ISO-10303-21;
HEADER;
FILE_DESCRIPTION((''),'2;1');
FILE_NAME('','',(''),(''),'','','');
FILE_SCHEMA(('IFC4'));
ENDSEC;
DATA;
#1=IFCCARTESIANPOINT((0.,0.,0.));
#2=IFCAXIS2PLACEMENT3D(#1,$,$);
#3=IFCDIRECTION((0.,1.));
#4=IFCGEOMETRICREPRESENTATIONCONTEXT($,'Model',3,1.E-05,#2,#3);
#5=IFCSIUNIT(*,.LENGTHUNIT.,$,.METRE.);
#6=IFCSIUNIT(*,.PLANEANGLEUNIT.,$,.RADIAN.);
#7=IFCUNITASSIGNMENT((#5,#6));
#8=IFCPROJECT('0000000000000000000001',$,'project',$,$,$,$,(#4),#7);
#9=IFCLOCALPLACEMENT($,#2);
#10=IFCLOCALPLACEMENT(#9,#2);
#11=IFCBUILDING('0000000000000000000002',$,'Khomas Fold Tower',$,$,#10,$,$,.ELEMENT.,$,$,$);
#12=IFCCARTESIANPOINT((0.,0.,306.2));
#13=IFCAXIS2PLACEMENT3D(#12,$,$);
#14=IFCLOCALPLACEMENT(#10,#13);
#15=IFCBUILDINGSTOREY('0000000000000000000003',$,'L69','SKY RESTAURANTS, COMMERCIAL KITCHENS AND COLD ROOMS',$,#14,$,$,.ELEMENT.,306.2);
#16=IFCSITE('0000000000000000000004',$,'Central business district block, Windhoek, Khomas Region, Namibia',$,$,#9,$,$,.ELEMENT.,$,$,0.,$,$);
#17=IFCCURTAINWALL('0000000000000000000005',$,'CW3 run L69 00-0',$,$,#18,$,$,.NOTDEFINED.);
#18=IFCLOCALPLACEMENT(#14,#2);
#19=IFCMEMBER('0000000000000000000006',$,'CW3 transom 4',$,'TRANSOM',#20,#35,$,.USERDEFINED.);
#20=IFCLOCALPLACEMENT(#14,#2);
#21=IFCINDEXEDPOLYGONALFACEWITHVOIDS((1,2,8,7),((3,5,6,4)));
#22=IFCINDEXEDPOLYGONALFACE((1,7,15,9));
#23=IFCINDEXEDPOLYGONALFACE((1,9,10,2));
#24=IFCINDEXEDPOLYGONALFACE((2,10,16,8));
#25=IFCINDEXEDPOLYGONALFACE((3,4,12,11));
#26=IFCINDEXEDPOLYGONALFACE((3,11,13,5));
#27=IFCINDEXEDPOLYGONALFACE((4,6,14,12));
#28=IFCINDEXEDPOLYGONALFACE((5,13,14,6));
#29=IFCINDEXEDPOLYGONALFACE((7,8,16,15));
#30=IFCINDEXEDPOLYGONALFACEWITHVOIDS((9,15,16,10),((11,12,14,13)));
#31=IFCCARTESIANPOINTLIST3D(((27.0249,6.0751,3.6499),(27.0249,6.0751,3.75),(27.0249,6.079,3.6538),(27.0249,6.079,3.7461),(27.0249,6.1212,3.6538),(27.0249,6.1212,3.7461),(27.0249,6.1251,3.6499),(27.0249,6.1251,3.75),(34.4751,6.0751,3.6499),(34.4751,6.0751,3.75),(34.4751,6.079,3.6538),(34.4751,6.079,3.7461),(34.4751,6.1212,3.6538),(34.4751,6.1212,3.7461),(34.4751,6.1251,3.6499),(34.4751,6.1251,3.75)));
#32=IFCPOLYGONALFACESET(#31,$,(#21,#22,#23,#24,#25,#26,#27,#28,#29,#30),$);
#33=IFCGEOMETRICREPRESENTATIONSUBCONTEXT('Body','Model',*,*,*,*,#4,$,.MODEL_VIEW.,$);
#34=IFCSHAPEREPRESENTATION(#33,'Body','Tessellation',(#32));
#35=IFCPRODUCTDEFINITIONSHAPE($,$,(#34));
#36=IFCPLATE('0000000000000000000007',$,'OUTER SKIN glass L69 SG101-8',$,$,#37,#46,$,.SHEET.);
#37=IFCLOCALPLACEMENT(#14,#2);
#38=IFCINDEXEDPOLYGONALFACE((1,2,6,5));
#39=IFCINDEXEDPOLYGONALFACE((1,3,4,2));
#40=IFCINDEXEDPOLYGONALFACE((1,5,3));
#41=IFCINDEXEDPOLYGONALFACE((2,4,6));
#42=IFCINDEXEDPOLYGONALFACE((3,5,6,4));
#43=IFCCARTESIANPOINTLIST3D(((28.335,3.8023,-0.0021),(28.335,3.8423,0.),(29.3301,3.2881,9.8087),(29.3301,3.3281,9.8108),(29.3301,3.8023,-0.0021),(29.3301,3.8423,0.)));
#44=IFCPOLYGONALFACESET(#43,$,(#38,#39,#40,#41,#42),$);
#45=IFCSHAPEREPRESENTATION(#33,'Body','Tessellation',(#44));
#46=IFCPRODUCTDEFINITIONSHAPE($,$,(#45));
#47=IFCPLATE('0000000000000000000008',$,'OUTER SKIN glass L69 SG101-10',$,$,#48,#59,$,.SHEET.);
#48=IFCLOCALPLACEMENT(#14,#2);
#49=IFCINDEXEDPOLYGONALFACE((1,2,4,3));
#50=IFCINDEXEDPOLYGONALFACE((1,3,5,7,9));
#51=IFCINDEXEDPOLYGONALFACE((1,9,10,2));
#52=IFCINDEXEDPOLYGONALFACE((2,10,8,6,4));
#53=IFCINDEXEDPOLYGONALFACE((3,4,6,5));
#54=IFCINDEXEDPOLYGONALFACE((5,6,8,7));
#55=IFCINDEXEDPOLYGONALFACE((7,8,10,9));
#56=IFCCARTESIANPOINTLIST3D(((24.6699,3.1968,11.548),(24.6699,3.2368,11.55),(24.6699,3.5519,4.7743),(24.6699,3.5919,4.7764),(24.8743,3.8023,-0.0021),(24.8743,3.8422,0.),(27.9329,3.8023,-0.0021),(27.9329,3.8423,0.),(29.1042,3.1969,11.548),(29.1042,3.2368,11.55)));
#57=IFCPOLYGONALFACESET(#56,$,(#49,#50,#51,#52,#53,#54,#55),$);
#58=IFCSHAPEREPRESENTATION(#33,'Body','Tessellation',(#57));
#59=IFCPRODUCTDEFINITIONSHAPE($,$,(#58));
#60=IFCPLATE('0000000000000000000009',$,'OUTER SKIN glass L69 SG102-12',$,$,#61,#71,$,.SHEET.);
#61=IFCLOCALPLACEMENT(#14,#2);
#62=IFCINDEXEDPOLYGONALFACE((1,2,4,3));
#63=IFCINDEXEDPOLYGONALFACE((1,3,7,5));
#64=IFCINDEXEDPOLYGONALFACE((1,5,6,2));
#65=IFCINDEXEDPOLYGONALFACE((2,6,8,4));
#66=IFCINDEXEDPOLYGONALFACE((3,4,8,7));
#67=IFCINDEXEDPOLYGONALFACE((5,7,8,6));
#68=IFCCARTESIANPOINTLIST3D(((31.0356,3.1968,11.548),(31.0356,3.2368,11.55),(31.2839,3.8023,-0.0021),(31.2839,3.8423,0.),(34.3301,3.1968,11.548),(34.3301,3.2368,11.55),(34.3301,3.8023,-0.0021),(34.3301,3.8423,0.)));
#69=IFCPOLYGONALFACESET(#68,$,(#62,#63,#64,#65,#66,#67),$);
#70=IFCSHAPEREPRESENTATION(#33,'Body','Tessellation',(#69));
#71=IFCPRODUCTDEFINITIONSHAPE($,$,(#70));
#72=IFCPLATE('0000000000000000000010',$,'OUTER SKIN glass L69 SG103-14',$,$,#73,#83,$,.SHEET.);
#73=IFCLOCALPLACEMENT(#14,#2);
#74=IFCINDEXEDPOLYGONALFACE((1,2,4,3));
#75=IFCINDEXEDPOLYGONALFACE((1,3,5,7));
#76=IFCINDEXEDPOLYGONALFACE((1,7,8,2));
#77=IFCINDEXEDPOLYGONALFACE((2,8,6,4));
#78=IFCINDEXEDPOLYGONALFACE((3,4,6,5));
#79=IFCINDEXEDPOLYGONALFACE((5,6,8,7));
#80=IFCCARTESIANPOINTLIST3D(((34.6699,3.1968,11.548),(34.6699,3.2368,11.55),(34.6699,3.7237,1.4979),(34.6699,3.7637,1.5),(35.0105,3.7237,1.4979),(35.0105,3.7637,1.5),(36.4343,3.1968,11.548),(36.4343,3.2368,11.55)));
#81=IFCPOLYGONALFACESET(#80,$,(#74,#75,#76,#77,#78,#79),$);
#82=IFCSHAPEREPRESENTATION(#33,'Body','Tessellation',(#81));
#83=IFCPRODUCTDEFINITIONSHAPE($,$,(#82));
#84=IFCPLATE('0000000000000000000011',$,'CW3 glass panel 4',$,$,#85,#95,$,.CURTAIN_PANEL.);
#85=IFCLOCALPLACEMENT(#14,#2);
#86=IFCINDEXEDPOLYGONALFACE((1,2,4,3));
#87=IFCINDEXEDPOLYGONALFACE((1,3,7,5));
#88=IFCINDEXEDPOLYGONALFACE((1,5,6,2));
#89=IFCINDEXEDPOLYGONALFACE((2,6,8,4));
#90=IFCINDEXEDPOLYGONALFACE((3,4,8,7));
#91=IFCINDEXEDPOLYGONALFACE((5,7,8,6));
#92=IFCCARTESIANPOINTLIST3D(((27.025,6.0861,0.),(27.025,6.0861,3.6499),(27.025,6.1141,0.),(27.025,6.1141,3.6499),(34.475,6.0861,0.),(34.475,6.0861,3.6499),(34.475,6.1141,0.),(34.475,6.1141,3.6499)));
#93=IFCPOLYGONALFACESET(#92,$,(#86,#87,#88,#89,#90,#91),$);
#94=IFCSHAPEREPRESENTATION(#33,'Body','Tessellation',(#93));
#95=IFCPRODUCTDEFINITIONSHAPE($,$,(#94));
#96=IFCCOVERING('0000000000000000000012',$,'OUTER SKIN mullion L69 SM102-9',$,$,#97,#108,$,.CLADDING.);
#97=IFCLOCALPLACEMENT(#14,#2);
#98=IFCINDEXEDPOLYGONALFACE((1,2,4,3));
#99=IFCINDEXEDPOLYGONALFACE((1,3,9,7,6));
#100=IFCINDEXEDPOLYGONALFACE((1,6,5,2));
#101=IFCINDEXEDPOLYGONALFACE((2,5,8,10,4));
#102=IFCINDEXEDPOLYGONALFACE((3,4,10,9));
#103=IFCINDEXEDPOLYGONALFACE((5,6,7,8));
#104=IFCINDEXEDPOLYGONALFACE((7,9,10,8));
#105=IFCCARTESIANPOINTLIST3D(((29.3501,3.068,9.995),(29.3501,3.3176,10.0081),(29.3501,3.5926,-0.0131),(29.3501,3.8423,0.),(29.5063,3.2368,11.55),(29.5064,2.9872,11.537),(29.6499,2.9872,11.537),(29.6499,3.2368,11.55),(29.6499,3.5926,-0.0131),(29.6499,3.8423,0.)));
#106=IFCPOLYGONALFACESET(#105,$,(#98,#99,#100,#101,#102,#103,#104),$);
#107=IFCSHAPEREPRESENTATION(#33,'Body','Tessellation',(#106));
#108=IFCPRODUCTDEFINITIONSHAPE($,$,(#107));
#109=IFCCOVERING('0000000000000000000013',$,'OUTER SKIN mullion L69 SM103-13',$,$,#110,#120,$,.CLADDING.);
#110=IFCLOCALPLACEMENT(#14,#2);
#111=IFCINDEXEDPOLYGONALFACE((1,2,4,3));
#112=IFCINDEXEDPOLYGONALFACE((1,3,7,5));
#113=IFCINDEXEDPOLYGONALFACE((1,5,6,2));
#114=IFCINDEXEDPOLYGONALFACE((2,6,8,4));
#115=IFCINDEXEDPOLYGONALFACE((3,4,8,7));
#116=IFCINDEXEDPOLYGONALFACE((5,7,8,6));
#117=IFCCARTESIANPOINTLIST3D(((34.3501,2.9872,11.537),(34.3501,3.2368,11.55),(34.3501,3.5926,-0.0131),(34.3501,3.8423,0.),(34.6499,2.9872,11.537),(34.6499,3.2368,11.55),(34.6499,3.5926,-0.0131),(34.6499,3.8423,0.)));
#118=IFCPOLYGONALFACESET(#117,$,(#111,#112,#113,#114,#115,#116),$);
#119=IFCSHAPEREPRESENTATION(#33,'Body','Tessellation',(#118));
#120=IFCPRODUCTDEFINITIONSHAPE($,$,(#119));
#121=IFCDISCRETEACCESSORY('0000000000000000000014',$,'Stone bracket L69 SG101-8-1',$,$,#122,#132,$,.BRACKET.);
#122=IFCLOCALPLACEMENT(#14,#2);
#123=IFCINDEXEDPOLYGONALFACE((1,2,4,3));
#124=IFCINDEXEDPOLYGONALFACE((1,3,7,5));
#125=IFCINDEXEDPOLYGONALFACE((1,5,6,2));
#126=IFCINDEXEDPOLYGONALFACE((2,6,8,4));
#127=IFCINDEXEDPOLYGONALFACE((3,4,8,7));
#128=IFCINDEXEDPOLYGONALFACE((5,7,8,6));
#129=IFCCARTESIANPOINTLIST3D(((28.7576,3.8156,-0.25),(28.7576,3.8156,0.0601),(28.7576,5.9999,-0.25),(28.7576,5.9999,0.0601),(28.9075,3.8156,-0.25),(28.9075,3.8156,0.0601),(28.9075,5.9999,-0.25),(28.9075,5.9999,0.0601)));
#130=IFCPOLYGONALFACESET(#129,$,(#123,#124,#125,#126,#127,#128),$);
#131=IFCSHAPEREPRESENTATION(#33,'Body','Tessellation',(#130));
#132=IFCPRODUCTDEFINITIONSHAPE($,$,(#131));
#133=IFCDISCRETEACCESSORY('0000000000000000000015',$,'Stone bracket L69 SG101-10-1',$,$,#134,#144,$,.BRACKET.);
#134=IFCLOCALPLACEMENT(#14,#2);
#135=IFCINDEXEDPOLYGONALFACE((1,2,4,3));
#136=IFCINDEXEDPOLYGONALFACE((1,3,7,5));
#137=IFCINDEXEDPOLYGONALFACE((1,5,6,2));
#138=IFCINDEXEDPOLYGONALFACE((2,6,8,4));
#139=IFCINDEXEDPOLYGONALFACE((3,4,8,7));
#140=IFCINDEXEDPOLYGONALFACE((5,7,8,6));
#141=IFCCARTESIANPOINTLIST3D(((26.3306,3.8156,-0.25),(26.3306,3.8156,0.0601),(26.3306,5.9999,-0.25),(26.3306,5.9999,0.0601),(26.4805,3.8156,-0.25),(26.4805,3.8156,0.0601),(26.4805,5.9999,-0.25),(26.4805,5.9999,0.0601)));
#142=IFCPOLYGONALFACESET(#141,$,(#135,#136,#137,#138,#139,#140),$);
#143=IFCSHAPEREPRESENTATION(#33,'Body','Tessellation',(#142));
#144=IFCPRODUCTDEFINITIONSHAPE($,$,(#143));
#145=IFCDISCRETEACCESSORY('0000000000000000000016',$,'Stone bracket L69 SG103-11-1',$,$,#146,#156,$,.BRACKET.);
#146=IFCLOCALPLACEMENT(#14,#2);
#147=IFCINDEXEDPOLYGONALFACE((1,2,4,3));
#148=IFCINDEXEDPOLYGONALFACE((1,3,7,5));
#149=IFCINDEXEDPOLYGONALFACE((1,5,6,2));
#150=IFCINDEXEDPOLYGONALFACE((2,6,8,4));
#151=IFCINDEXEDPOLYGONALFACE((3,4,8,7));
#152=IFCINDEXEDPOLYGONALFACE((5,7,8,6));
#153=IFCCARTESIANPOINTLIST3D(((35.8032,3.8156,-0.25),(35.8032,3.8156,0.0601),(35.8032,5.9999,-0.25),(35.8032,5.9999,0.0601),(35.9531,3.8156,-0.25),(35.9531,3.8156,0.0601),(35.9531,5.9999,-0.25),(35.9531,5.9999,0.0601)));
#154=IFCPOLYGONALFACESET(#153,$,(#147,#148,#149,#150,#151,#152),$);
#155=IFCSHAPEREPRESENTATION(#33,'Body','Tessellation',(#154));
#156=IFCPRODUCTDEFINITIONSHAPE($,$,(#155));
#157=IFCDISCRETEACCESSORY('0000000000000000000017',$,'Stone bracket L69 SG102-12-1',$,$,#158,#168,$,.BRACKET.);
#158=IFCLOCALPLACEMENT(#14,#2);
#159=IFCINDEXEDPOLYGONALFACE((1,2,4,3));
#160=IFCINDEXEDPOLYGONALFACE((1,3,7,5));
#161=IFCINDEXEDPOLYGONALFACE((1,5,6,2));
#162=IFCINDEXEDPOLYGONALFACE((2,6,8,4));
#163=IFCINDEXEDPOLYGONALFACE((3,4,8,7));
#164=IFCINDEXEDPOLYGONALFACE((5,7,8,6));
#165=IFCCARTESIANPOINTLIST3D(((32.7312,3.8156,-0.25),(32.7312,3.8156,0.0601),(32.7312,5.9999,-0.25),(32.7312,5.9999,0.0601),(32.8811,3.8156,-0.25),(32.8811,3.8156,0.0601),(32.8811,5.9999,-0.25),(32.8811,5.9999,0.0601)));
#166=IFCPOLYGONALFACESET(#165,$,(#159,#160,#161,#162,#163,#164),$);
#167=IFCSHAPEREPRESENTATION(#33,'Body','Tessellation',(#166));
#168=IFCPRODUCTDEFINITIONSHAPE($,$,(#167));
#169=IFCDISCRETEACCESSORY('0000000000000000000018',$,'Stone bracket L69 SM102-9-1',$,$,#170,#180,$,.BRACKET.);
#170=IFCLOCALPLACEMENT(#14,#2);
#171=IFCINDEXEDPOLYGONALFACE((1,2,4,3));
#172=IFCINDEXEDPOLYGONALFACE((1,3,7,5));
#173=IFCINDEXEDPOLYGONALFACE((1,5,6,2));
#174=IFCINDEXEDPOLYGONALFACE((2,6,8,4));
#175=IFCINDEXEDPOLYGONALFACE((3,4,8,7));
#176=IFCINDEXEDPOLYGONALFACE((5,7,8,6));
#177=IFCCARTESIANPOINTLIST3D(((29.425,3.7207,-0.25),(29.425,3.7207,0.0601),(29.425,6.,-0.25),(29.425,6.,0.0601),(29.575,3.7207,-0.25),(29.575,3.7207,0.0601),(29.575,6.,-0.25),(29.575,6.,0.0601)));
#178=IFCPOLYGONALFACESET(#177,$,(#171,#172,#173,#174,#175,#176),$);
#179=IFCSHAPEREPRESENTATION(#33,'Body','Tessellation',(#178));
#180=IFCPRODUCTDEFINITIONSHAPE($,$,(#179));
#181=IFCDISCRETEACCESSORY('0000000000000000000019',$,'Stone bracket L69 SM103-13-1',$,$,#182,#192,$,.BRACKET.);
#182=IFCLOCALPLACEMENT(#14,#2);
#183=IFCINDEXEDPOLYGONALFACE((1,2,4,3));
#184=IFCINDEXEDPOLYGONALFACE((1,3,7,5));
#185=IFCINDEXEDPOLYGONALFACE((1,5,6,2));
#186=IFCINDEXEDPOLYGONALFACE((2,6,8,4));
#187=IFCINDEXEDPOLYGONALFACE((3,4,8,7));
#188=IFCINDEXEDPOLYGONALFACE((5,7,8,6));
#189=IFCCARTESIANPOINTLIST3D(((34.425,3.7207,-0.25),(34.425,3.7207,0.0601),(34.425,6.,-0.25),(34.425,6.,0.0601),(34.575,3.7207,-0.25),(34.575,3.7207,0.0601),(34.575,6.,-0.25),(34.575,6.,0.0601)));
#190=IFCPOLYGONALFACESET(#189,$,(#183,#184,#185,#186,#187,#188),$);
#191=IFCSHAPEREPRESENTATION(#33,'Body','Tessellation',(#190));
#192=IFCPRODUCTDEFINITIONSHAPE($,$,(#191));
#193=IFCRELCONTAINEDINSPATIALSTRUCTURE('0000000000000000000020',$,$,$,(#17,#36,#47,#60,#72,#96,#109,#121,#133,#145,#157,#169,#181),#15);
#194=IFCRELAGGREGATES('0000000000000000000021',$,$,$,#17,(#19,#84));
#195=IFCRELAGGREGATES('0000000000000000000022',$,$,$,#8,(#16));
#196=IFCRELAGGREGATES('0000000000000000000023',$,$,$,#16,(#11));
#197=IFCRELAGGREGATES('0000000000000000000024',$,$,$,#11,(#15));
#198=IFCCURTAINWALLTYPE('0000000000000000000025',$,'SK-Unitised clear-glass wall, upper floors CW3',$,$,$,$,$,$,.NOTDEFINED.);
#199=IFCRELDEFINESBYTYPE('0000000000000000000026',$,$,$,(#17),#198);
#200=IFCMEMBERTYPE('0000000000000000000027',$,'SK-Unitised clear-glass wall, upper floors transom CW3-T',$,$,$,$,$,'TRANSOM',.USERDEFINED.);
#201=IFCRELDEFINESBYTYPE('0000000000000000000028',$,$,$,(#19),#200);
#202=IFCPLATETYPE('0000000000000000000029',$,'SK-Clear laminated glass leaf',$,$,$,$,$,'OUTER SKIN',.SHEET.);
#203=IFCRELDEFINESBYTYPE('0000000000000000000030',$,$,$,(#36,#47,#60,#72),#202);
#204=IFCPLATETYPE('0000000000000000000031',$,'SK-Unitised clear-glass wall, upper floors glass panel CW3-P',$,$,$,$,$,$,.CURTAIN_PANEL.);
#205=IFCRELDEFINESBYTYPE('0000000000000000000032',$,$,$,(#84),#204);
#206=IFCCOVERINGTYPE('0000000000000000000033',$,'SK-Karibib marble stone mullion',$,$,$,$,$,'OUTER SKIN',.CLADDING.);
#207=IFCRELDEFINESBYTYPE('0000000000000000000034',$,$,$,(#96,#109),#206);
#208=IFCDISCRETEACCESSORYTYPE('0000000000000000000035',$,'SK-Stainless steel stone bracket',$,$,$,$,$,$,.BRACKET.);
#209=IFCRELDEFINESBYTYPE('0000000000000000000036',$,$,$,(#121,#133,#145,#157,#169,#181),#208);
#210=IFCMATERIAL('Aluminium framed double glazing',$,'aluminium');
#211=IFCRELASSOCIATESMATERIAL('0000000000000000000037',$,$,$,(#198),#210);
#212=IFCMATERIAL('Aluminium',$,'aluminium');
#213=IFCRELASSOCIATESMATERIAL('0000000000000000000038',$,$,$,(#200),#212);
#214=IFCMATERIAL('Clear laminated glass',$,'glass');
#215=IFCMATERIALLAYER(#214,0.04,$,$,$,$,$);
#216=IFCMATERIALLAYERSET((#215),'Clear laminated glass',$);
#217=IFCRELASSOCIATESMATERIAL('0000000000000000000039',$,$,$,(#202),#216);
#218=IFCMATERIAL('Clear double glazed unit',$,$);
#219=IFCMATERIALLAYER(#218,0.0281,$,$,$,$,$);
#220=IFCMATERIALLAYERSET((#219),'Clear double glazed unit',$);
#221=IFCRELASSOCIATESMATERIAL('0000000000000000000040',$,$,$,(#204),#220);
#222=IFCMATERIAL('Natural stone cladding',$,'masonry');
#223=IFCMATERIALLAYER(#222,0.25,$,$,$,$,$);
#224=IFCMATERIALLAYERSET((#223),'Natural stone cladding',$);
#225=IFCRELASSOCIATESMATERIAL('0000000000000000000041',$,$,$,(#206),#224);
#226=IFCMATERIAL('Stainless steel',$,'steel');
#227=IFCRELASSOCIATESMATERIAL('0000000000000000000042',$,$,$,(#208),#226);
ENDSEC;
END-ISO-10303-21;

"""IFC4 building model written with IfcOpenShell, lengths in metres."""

from ifc_helpers import new_model, si_unit, direction, frame, origin, origin_2d, place, context, subcontext, project, spatial, polyline, rectangle, hollow_rectangle, outline, extrude, source, transform, mapped, material, layer, layer_set, material_profile, profile_set, type_object, element, aggregate, save


model = new_model("IFC4")

# Units and contexts
model_context = context("Model", 3, precision=1e-05, world=origin(), true_north=direction((0.0, 1.0)))
body_context = subcontext(model_context, "Body", "Model", "MODEL_VIEW")
ifc_project = project(units=[si_unit("LENGTHUNIT", "METRE"), si_unit("PLANEANGLEUNIT", "RADIAN")], contexts=[model_context])

# Site, building, storey
site_placement = place(None, origin())
site = spatial("IfcSite", under=ifc_project, at=site_placement, Name="Central business district block, Windhoek, Khomas Region, Namibia", CompositionType="ELEMENT", RefElevation=0.0)
building_placement = place(site_placement, origin())
building = spatial("IfcBuilding", under=site, at=building_placement, Name="Khomas Fold Tower", CompositionType="ELEMENT")
storey_placement = place(building_placement, frame((0.0, 0.0, 306.2)))
storey = spatial("IfcBuildingStorey", under=building, at=storey_placement, Name="L69", Description="SKY RESTAURANTS, COMMERCIAL KITCHENS AND COLD ROOMS", CompositionType="ELEMENT", Elevation=306.2)

# Curtain wall, member
ifc_material_1 = material(Name="Aluminium framed double glazing", Category="aluminium")
curtain_wall_type = type_object("IfcCurtainWallType", Name="SK-Unitised clear-glass wall, upper floors CW3", PredefinedType="NOTDEFINED", material=ifc_material_1)
curtain_wall_placement = place(storey_placement, origin())
curtain_wall = element("IfcCurtainWall", 1, at=curtain_wall_placement, inside=storey, type_object=curtain_wall_type, Name="CW3 run L69 00-0", PredefinedType="NOTDEFINED")
ifc_material_2 = material(Name="Aluminium", Category="aluminium")
ifc_material_profile_1 = material_profile(ifc_material_2, hollow_rectangle(XDim=0.05, YDim=0.1001, WallThickness=0.0039, at=origin_2d()), Name="SK-Unitised clear-glass wall, upper floors transom CW3-T")
ifc_profile_set_1 = profile_set([ifc_material_profile_1], Name="Aluminium")
member_type_1 = type_object("IfcMemberType", Name="SK-Unitised clear-glass wall, upper floors transom CW3-T", ElementType="TRANSOM", PredefinedType="USERDEFINED", material=ifc_profile_set_1)
shared_shape_1 = source(origin(), body_context, "Body", "SweptSolid", [
    extrude(hollow_rectangle(XDim=0.05, YDim=0.1001, WallThickness=0.0039, at=origin_2d()), origin(), (0.0, 0.0, 1.0), 7.4502),
])
member_1_placement = place(storey_placement, frame((27.0249, 6.1001, 3.7), z_axis=(1.0, 0.0, 0.0), x_axis=(0.0, 1.0, 0.0)))
member_1 = element("IfcMember", 2, at=member_1_placement, type_object=member_type_1, Name="CW3 transom 4", ObjectType="TRANSOM", PredefinedType="USERDEFINED", context=body_context, shape_type="MappedRepresentation", body=[
    mapped(shared_shape_1, transform((0.0, 0.0, 0.0))),
])

# Plates
ifc_material_3 = material(Name="Clear laminated glass", Category="glass")
ifc_layer_1 = layer(ifc_material_3, 0.04)
ifc_layer_set_1 = layer_set([ifc_layer_1], Name="Clear laminated glass")
plate_type_1 = type_object("IfcPlateType", Name="SK-Clear laminated glass leaf", ElementType="OUTER SKIN", PredefinedType="SHEET", material=ifc_layer_set_1)
plate_1_placement = place(storey_placement, frame((28.335, 3.8423, 0.0), z_axis=(0.0, 0.99863, 0.052336), x_axis=(0.100776, -0.052069, 0.993546)))
element("IfcPlate", 3, at=plate_1_placement, inside=storey, type_object=plate_type_1, Name="OUTER SKIN glass L69 SG101-8", PredefinedType="SHEET", context=body_context, shape_type="SweptSolid", body=[
    extrude(outline(polyline([(0.0, 0.0), (9.8745, 0.0), (0.1003, 0.9901), (0.0, 0.0)])), origin(), (0.0, 0.0, -1.0), 0.04),
])
plate_2_placement = place(storey_placement, frame((27.9329, 3.8423, 0.0), z_axis=(-0.000014, 0.998629, 0.052349), x_axis=(-1.0, -0.000014, -0.000001)))
element("IfcPlate", 4, at=plate_2_placement, inside=storey, type_object=plate_type_1, Name="OUTER SKIN glass L69 SG101-10", PredefinedType="SHEET", context=body_context, shape_type="SweptSolid", body=[
    extrude(outline(polyline([(0.0, 0.0), (3.0586, 0.0), (3.2629, 4.7829), (3.2629, 11.5659), (-1.1714, 11.5659), (0.0, 0.0)])), origin(), (0.0, 0.0, -1.0), 0.04),
])
plate_3_placement = place(storey_placement, frame((31.2839, 3.8423, 0.0), z_axis=(0.0, 0.998629, 0.052349), x_axis=(-0.021463, -0.052337, 0.998399)))
element("IfcPlate", 5, at=plate_3_placement, inside=storey, type_object=plate_type_1, Name="OUTER SKIN glass L69 SG102-12", PredefinedType="SHEET", context=body_context, shape_type="SweptSolid", body=[
    extrude(outline(polyline([(0.0, 0.0), (11.5686, 0.0), (11.4979, 3.2937), (-0.0654, 3.0454), (0.0, 0.0)])), origin(), (0.0, 0.0, -1.0), 0.04),
])
plate_4_placement = place(storey_placement, frame((34.6699, 3.2368, 11.55), z_axis=(0.0, 0.998629, 0.052351), x_axis=(1.0, 0.0, 0.0)))
element("IfcPlate", 6, at=plate_4_placement, inside=storey, type_object=plate_type_1, Name="OUTER SKIN glass L69 SG103-14", PredefinedType="SHEET", context=body_context, shape_type="SweptSolid", body=[
    extrude(outline(polyline([(0.0, 0.0), (1.7644, 0.0), (0.3406, 10.0638), (0.0, 10.0638), (0.0, 0.0)])), origin(), (0.0, 0.0, -1.0), 0.04),
])

# Plate
ifc_material_4 = material(Name="Clear double glazed unit")
ifc_layer_2 = layer(ifc_material_4, 0.0281)
ifc_layer_set_2 = layer_set([ifc_layer_2], Name="Clear double glazed unit")
plate_type_2 = type_object("IfcPlateType", Name="SK-Unitised clear-glass wall, upper floors glass panel CW3-P", PredefinedType="CURTAIN_PANEL", material=ifc_layer_set_2)
shared_shape_2 = source(origin(), body_context, "Body", "SweptSolid", [
    extrude(rectangle(XDim=7.45, YDim=0.0281, at=origin_2d()), origin(), (0.0, 0.0, 1.0), 3.6499),
])
plate_5_placement = place(storey_placement, frame((30.75, 6.1001, 0.0), z_axis=(0.0, 0.0, 1.0), x_axis=(1.0, 0.0, 0.0)))
plate_5 = element("IfcPlate", 7, at=plate_5_placement, type_object=plate_type_2, Name="CW3 glass panel 4", PredefinedType="CURTAIN_PANEL", context=body_context, shape_type="MappedRepresentation", body=[
    mapped(shared_shape_2, transform((0.0, 0.0, 0.0))),
])
aggregate(curtain_wall, [member_1, plate_5])

# Coverings
ifc_material_5 = material(Name="Natural stone cladding", Category="masonry")
ifc_layer_3 = layer(ifc_material_5, 0.25)
ifc_layer_set_3 = layer_set([ifc_layer_3], Name="Natural stone cladding")
covering_type = type_object("IfcCoveringType", Name="SK-Karibib marble stone mullion", ElementType="OUTER SKIN", PredefinedType="CLADDING", material=ifc_layer_set_3)
covering_1_placement = place(storey_placement, frame((29.3501, 3.8423, 0.0), z_axis=(-0.000039, 0.998629, 0.05235), x_axis=(0.0, -0.05235, 0.998629)))
element("IfcCovering", 8, at=covering_1_placement, inside=storey, type_object=covering_type, Name="OUTER SKIN mullion L69 SM102-9", PredefinedType="CLADDING", context=body_context, shape_type="SweptSolid", body=[
    extrude(outline(polyline([(0.0, 0.0), (10.0218, 0.0), (11.5659, 0.1563), (11.5659, 0.2998), (0.0, 0.2998), (0.0, 0.0)])), origin(), (0.0, 0.0, -1.0), 0.25),
])
covering_2_placement = place(storey_placement, frame((34.3501, 3.8423, 0.0), z_axis=(0.0, 0.998629, 0.052349), x_axis=(0.0, -0.052349, 0.998629)))
element("IfcCovering", 9, at=covering_2_placement, inside=storey, type_object=covering_type, Name="OUTER SKIN mullion L69 SM103-13", PredefinedType="CLADDING", context=body_context, shape_type="SweptSolid", body=[
    extrude(outline(polyline([(0.0, 0.0), (11.5659, 0.0), (11.5659, 0.2998), (0.0, 0.2998), (0.0, 0.0)])), origin(), (0.0, 0.0, -1.0), 0.25),
])

# Discrete accessories
ifc_material_6 = material(Name="Stainless steel", Category="steel")
discrete_accessory_type = type_object("IfcDiscreteAccessoryType", Name="SK-Stainless steel stone bracket", PredefinedType="BRACKET", material=ifc_material_6)
shared_shape_3 = source(origin(), body_context, "Body", "SweptSolid", [
    extrude(rectangle(XDim=2.1843, YDim=0.1499, at=origin_2d()), origin(), (0.0, 0.0, 1.0), 0.3101),
])
for number, where, z_axis, x_axis, name in (
    (10, (28.8325, 4.9077, -0.25), (0.0, 0.0, 1.0), (0.0, -1.0, 0.0), "Stone bracket L69 SG101-8-1"),
    (11, (26.4055, 4.9077, -0.25), (0.0, 0.0, 1.0), (0.0, -1.0, 0.0), "Stone bracket L69 SG101-10-1"),
    (12, (35.8782, 4.9077, -0.25), (0.0, 0.0, 1.0), (0.0, -1.0, 0.0), "Stone bracket L69 SG103-11-1"),
    (13, (32.8062, 4.9077, -0.25), (0.0, 0.0, 1.0), (0.0, -1.0, 0.0), "Stone bracket L69 SG102-12-1"),
):
    element("IfcDiscreteAccessory", number, at=place(storey_placement, frame(where, z_axis=z_axis, x_axis=x_axis)), inside=storey, type_object=discrete_accessory_type, Name=name, PredefinedType="BRACKET", context=body_context, shape_type="MappedRepresentation", body=[
        mapped(shared_shape_3, transform((0.0, 0.0, 0.0))),
    ])
shared_shape_4 = source(origin(), body_context, "Body", "SweptSolid", [
    extrude(rectangle(XDim=2.2793, YDim=0.1499, at=origin_2d()), origin(), (0.0, 0.0, 1.0), 0.3101),
])
for number, where, z_axis, x_axis, name in (
    (14, (29.5, 4.8604, -0.25), (0.0, 0.0, 1.0), (0.0, -1.0, 0.0), "Stone bracket L69 SM102-9-1"),
    (15, (34.5, 4.8604, -0.25), (0.0, 0.0, 1.0), (0.0, -1.0, 0.0), "Stone bracket L69 SM103-13-1"),
):
    element("IfcDiscreteAccessory", number, at=place(storey_placement, frame(where, z_axis=z_axis, x_axis=x_axis)), inside=storey, type_object=discrete_accessory_type, Name=name, PredefinedType="BRACKET", context=body_context, shape_type="MappedRepresentation", body=[
        mapped(shared_shape_4, transform((0.0, 0.0, 0.0))),
    ])

save(model, "model.ifc")
